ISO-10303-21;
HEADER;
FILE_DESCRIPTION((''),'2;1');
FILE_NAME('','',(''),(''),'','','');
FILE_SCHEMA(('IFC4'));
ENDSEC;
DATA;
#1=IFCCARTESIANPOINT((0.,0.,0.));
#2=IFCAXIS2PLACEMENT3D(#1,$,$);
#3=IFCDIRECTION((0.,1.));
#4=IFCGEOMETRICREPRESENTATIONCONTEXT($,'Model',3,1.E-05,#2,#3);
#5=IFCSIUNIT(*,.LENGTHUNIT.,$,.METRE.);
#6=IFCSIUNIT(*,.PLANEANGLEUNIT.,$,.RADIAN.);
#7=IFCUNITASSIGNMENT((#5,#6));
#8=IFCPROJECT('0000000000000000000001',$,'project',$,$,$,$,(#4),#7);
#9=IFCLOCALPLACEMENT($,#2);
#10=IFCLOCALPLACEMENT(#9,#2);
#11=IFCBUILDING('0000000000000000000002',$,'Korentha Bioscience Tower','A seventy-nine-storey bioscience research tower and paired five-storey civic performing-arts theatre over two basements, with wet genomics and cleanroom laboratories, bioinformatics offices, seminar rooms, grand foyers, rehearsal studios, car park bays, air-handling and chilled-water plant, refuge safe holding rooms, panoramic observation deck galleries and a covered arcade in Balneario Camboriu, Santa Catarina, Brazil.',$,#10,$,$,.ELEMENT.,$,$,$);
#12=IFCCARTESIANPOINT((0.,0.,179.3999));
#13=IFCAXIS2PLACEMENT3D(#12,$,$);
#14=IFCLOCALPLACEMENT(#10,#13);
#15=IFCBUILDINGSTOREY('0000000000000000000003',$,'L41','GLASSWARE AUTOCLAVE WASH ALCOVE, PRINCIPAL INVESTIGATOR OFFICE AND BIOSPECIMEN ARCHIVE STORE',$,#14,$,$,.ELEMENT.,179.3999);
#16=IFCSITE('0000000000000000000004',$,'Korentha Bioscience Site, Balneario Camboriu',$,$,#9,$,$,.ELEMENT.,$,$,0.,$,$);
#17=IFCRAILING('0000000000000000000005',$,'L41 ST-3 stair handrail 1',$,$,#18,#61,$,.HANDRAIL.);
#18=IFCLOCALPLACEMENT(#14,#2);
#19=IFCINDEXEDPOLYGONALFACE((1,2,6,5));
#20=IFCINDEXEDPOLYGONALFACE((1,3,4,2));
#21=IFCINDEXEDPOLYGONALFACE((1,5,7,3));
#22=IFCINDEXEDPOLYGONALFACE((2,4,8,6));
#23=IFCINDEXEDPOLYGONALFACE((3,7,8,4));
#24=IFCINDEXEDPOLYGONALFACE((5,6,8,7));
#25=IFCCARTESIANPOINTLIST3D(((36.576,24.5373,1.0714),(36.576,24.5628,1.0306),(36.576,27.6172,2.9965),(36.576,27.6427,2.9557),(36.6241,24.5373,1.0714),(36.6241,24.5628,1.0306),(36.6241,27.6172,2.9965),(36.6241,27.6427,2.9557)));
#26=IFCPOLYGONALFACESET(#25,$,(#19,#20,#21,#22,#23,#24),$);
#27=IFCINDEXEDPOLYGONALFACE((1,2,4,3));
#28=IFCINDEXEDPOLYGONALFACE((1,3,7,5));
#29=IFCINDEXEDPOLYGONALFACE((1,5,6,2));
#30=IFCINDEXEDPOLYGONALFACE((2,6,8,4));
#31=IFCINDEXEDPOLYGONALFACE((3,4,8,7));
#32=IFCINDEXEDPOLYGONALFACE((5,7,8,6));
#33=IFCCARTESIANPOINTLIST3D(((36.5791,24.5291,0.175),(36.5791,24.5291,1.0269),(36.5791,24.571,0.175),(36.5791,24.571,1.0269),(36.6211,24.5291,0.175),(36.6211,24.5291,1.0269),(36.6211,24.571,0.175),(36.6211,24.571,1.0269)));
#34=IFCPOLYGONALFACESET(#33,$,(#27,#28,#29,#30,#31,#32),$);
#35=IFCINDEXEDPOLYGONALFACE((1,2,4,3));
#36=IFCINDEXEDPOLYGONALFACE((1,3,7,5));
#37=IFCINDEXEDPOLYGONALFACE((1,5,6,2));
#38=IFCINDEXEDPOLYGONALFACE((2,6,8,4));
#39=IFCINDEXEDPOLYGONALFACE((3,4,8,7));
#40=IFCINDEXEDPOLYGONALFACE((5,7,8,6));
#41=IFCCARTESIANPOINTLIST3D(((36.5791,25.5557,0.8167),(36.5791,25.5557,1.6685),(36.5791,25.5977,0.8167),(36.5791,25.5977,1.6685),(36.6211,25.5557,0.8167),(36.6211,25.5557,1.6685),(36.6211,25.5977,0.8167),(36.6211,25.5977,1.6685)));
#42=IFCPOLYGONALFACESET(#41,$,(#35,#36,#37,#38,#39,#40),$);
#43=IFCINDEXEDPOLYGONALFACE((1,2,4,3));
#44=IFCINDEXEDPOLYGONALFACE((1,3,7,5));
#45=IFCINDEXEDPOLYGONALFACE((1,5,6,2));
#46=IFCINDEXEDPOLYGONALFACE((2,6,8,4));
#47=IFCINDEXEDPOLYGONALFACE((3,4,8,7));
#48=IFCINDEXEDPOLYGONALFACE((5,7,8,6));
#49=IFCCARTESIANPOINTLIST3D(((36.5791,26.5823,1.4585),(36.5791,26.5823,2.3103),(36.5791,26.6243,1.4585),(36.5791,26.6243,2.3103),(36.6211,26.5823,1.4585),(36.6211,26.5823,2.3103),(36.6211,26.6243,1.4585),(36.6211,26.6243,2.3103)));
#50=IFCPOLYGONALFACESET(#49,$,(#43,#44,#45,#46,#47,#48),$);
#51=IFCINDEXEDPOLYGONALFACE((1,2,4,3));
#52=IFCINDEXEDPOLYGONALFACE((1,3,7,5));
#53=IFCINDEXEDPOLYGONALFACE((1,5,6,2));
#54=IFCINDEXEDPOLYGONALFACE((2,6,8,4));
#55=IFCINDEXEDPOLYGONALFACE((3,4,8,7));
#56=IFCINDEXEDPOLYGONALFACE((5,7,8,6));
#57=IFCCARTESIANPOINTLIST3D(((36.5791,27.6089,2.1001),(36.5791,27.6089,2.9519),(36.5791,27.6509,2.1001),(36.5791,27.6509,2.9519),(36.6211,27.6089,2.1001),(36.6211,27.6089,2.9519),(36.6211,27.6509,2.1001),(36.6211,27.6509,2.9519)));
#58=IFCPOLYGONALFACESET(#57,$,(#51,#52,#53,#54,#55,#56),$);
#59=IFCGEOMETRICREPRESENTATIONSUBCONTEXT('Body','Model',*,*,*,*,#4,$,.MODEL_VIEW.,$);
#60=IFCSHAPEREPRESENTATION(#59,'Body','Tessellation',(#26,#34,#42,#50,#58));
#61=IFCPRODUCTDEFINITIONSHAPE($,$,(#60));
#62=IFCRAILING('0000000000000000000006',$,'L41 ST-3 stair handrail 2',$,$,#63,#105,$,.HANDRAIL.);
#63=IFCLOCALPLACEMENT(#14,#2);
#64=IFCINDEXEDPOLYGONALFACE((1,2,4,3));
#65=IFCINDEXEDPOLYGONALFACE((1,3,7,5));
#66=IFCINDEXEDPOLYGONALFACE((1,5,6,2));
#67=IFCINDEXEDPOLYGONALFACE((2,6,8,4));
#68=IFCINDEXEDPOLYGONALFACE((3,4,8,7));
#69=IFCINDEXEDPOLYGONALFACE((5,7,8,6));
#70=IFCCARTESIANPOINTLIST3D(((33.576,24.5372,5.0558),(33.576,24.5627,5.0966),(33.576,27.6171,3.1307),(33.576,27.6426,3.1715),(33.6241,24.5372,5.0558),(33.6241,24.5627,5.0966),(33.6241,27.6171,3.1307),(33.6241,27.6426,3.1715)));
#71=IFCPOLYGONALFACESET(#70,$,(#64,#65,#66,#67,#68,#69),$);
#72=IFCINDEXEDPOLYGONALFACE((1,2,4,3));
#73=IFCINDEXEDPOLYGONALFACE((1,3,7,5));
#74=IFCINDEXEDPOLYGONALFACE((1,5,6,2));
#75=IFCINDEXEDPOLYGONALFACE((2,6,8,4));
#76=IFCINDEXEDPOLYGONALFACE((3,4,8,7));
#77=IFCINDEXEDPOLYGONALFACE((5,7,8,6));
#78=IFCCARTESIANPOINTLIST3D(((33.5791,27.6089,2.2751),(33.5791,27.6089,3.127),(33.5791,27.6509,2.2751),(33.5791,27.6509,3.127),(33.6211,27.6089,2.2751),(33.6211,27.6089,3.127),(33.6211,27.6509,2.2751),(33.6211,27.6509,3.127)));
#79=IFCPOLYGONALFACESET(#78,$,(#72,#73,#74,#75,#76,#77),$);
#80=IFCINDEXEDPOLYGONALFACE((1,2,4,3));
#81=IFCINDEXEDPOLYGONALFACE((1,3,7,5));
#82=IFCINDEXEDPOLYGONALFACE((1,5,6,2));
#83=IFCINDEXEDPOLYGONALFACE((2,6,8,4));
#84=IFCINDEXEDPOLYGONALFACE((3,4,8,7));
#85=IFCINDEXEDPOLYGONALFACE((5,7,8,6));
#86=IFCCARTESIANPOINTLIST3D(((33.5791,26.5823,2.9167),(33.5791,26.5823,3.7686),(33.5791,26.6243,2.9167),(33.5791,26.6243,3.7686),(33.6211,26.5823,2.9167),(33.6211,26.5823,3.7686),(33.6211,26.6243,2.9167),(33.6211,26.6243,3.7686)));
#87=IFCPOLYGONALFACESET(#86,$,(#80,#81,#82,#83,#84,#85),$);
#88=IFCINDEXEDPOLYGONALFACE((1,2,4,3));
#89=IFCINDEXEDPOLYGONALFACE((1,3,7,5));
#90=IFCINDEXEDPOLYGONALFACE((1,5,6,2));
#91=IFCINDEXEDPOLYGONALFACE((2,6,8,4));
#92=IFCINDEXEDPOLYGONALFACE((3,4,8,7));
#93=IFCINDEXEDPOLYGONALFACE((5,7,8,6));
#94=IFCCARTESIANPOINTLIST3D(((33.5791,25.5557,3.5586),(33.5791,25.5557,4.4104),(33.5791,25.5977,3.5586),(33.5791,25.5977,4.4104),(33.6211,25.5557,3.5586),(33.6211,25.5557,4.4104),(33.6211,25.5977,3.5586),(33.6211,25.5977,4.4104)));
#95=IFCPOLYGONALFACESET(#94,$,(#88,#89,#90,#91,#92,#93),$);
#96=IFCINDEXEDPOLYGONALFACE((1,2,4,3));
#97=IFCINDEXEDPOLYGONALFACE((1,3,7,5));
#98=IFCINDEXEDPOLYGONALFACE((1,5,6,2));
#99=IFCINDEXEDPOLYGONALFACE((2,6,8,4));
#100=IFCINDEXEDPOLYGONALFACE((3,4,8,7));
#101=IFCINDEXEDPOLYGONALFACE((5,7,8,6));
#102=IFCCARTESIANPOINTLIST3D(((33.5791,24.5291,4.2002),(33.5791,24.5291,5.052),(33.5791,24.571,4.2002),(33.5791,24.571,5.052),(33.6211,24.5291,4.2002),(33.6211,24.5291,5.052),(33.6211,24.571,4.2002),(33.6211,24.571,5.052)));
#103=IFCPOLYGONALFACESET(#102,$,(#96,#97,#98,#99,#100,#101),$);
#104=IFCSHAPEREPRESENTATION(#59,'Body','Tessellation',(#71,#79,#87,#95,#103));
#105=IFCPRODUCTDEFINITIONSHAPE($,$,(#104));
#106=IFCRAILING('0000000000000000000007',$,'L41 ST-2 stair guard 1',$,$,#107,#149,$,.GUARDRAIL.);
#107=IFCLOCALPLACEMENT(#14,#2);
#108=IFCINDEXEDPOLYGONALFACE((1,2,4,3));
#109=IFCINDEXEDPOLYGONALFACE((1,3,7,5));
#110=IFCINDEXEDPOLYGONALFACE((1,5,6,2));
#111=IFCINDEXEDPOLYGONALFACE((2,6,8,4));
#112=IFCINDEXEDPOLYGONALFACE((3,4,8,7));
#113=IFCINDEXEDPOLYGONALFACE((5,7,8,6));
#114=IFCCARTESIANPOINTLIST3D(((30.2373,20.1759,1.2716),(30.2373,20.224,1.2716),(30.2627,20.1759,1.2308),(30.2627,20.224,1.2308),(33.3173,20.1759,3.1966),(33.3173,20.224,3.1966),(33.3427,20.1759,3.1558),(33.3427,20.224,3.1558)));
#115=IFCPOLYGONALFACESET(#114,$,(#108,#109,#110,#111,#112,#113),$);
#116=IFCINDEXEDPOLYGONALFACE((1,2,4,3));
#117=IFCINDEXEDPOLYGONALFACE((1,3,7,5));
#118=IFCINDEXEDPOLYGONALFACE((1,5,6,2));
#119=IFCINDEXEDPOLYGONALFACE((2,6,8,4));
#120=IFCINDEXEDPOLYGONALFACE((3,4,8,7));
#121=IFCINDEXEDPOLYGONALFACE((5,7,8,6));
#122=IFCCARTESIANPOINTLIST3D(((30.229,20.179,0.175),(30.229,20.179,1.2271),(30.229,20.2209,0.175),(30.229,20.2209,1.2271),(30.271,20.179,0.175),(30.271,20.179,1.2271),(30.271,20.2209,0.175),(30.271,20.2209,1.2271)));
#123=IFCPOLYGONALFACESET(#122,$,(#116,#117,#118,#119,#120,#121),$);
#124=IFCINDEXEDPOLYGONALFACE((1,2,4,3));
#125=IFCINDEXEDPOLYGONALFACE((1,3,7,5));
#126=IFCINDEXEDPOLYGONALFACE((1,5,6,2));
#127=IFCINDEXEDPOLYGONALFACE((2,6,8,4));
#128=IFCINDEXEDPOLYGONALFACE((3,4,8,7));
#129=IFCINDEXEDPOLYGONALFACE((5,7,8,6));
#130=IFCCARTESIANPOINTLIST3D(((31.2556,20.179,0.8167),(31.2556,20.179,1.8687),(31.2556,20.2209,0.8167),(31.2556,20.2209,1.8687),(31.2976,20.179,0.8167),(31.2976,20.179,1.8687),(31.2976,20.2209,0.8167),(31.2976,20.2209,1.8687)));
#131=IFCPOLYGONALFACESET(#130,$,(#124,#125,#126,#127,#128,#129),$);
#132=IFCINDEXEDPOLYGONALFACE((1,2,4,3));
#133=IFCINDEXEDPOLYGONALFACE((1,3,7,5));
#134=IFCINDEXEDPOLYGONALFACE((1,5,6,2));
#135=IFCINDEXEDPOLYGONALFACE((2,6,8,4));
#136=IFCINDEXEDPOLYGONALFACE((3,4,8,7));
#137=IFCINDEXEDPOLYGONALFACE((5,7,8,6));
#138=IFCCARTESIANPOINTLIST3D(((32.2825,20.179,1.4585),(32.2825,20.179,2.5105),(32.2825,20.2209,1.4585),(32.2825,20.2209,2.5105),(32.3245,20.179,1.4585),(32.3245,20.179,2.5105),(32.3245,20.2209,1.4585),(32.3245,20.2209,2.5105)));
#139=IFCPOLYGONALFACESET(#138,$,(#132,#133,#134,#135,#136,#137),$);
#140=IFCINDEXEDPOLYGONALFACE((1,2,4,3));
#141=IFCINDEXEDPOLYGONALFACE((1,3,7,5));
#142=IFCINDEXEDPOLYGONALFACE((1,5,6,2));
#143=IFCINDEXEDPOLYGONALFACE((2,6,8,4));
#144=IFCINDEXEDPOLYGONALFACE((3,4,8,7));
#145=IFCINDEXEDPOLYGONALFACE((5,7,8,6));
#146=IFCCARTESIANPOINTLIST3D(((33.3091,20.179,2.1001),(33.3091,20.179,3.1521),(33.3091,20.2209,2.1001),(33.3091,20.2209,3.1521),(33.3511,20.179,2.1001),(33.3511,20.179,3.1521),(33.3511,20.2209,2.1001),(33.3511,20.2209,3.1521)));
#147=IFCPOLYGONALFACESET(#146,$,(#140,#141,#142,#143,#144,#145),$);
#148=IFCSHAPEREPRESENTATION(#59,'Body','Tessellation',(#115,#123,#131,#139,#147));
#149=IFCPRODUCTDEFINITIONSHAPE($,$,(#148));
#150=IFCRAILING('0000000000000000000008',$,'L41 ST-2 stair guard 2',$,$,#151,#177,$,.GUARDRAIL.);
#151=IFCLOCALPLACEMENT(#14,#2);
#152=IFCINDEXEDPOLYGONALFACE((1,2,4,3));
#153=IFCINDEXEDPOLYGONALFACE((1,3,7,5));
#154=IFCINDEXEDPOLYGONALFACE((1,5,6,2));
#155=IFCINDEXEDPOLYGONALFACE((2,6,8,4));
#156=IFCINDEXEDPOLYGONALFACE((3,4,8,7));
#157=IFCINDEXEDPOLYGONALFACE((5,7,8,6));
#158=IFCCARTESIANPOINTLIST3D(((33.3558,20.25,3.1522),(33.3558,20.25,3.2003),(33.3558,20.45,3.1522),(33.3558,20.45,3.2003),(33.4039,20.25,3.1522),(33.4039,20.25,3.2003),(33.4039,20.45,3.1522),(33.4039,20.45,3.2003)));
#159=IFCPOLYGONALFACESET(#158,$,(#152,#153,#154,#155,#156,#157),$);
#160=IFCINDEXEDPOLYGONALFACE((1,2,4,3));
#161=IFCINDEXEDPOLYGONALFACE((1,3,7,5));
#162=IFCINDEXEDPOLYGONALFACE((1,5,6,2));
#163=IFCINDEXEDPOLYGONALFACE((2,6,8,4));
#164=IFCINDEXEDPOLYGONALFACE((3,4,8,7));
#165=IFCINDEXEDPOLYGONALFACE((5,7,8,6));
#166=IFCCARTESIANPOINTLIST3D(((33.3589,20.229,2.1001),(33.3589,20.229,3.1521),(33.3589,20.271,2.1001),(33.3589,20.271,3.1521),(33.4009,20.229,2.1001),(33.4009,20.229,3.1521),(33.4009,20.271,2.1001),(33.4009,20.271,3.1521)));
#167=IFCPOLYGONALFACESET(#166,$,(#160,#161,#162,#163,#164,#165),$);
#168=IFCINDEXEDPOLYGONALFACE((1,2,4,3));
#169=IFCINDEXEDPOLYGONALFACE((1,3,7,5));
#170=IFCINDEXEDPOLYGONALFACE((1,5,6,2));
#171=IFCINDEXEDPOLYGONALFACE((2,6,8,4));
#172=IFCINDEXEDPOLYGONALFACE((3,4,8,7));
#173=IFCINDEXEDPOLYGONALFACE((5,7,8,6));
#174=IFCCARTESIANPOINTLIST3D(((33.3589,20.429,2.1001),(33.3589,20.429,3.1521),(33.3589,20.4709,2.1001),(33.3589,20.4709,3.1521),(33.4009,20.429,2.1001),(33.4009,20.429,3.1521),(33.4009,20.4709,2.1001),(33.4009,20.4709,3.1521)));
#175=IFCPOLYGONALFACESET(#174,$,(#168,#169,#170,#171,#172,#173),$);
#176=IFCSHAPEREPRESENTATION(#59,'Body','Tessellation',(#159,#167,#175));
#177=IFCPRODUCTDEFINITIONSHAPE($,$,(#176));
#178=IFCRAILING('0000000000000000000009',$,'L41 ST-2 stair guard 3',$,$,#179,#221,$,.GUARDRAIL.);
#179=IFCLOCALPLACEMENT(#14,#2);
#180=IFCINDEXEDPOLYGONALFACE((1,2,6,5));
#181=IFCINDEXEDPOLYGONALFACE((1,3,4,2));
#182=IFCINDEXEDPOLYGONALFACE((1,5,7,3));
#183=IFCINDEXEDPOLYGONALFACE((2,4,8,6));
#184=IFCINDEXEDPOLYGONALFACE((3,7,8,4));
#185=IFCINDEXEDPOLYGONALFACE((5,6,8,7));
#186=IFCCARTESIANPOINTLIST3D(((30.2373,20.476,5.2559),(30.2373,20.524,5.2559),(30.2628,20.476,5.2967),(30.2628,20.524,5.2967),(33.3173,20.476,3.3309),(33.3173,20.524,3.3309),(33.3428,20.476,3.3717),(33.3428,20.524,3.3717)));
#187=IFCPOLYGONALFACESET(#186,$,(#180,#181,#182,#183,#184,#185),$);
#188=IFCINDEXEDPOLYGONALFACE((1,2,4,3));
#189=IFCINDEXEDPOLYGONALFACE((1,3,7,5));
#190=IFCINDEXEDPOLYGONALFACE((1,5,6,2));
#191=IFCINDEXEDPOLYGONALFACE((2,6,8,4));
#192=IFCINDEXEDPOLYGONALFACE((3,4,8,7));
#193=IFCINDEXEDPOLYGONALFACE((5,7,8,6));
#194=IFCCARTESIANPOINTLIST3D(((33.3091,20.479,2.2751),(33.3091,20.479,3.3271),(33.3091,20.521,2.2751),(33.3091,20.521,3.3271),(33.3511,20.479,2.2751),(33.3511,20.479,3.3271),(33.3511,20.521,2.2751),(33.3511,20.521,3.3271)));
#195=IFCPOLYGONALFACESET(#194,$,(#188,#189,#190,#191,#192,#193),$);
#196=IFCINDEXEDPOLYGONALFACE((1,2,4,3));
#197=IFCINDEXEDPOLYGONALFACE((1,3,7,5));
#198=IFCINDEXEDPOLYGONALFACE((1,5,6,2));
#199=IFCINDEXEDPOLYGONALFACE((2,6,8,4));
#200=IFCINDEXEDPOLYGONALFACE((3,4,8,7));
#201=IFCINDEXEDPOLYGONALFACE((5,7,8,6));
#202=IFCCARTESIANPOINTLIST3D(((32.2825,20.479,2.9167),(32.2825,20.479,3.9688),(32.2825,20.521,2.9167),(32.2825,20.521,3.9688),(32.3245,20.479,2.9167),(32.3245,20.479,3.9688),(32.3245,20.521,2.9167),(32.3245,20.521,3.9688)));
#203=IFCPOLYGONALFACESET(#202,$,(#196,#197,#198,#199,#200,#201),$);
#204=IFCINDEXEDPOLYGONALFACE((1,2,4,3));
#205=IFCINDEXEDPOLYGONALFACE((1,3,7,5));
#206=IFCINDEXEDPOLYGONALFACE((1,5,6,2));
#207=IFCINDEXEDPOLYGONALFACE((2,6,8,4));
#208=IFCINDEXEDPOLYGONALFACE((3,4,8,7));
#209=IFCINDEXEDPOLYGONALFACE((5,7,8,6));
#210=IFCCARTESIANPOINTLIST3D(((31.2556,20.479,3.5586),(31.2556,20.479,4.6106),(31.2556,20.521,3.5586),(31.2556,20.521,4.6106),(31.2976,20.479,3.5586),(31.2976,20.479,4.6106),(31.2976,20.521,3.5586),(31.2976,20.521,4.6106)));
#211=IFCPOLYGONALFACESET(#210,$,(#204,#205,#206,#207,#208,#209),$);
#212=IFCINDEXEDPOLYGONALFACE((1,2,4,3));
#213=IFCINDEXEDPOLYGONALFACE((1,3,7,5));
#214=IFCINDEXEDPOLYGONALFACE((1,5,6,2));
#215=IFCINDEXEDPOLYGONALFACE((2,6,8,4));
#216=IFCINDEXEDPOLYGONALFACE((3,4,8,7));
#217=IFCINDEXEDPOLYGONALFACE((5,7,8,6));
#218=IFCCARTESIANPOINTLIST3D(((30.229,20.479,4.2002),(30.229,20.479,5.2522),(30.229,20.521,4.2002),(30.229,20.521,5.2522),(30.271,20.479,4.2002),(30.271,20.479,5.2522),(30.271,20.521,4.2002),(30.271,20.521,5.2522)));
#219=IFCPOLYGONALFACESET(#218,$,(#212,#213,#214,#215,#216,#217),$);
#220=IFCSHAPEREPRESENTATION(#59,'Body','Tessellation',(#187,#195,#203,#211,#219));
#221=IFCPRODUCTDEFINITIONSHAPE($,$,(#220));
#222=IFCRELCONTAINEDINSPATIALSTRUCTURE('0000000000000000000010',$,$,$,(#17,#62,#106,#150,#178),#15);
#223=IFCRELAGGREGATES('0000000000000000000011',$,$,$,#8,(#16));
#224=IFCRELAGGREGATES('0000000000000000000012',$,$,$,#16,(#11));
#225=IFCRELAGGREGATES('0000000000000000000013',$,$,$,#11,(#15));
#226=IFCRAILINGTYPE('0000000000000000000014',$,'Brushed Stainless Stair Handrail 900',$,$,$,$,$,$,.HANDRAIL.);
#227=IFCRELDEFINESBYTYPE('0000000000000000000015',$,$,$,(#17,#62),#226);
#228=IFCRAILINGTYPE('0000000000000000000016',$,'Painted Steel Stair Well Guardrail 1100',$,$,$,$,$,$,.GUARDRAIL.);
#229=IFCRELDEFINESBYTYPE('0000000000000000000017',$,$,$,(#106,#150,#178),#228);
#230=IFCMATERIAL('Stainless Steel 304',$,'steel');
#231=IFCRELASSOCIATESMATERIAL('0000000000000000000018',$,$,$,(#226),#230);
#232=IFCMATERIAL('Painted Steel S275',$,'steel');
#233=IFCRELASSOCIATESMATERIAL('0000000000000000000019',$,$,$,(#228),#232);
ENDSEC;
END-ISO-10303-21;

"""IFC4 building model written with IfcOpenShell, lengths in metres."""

from ifc_helpers import new_model, si_unit, direction, frame, origin, origin_2d, place, context, subcontext, project, spatial, rectangle, extrude, material, type_object, element, save


model = new_model("IFC4")

# Units and contexts
model_context = context("Model", 3, precision=1e-05, world=origin(), true_north=direction((0.0, 1.0)))
body_context = subcontext(model_context, "Body", "Model", "MODEL_VIEW")
ifc_project = project(units=[si_unit("LENGTHUNIT", "METRE"), si_unit("PLANEANGLEUNIT", "RADIAN")], contexts=[model_context])

# Site, building, storey
site_placement = place(None, origin())
site = spatial("IfcSite", under=ifc_project, at=site_placement, Name="Korentha Bioscience Site, Balneario Camboriu", CompositionType="ELEMENT", RefElevation=0.0)
building_placement = place(site_placement, origin())
building = spatial("IfcBuilding", under=site, at=building_placement, Name="Korentha Bioscience Tower", Description="A seventy-nine-storey bioscience research tower and paired five-storey civic performing-arts theatre over two basements, with wet genomics and cleanroom laboratories, bioinformatics offices, seminar rooms, grand foyers, rehearsal studios, car park bays, air-handling and chilled-water plant, refuge safe holding rooms, panoramic observation deck galleries and a covered arcade in Balneario Camboriu, Santa Catarina, Brazil.", CompositionType="ELEMENT")
storey_placement = place(building_placement, frame((0.0, 0.0, 179.3999)))
storey = spatial("IfcBuildingStorey", under=building, at=storey_placement, Name="L41", Description="GLASSWARE AUTOCLAVE WASH ALCOVE, PRINCIPAL INVESTIGATOR OFFICE AND BIOSPECIMEN ARCHIVE STORE", CompositionType="ELEMENT", Elevation=179.3999)

# Railings
ifc_material_1 = material(Name="Stainless Steel 304", Category="steel")
railing_type_1 = type_object("IfcRailingType", Name="Brushed Stainless Stair Handrail 900", PredefinedType="HANDRAIL", material=ifc_material_1)
railing_1_placement = place(storey_placement, frame((36.6001, 24.55, 0.175)))
element("IfcRailing", 1, at=railing_1_placement, inside=storey, type_object=railing_type_1, Name="L41 ST-3 stair handrail 1", PredefinedType="HANDRAIL", context=body_context, shape_type="SweptSolid", body=[
    extrude(rectangle(XDim=0.0481, YDim=0.0481, at=origin_2d()), frame((0.0, 0.0, 0.876), z_axis=(0.0, 0.847979, 0.530029), x_axis=(-1.0, 0.0, 0.0)), (0.0, 0.0, 1.0), 3.6321),
    extrude(rectangle(XDim=0.042, YDim=0.042, at=origin_2d()), origin(), (0.0, 0.0, 1.0), 0.8518),
    extrude(rectangle(XDim=0.042, YDim=0.042, at=origin_2d()), frame((0.0, 1.0266, 0.6416)), (0.0, 0.0, 1.0), 0.8518),
    extrude(rectangle(XDim=0.042, YDim=0.042, at=origin_2d()), frame((0.0, 2.0532, 1.2834)), (0.0, 0.0, 1.0), 0.8518),
    extrude(rectangle(XDim=0.042, YDim=0.042, at=origin_2d()), frame((0.0, 3.0798, 1.925)), (0.0, 0.0, 1.0), 0.8518),
])
railing_2_placement = place(storey_placement, frame((33.6001, 27.6299, 2.2751)))
element("IfcRailing", 2, at=railing_2_placement, inside=storey, type_object=railing_type_1, Name="L41 ST-3 stair handrail 2", PredefinedType="HANDRAIL", context=body_context, shape_type="SweptSolid", body=[
    extrude(rectangle(XDim=0.0481, YDim=0.0481, at=origin_2d()), frame((0.0, 0.0, 0.876), z_axis=(0.0, -0.847979, 0.530029), x_axis=(1.0, 0.0, 0.0)), (0.0, 0.0, 1.0), 3.6321),
    extrude(rectangle(XDim=0.042, YDim=0.042, at=origin_2d()), origin(), (0.0, 0.0, 1.0), 0.8518),
    extrude(rectangle(XDim=0.042, YDim=0.042, at=origin_2d()), frame((0.0, -1.0266, 0.6416)), (0.0, 0.0, 1.0), 0.8518),
    extrude(rectangle(XDim=0.042, YDim=0.042, at=origin_2d()), frame((0.0, -2.0532, 1.2834)), (0.0, 0.0, 1.0), 0.8518),
    extrude(rectangle(XDim=0.042, YDim=0.042, at=origin_2d()), frame((0.0, -3.0798, 1.925)), (0.0, 0.0, 1.0), 0.8518),
])
ifc_material_2 = material(Name="Painted Steel S275", Category="steel")
railing_type_2 = type_object("IfcRailingType", Name="Painted Steel Stair Well Guardrail 1100", PredefinedType="GUARDRAIL", material=ifc_material_2)
railing_3_placement = place(storey_placement, frame((30.25, 20.2, 0.175)))
element("IfcRailing", 3, at=railing_3_placement, inside=storey, type_object=railing_type_2, Name="L41 ST-2 stair guard 1", PredefinedType="GUARDRAIL", context=body_context, shape_type="SweptSolid", body=[
    extrude(rectangle(XDim=0.0481, YDim=0.0481, at=origin_2d()), frame((0.0, 0.0, 1.0762), z_axis=(0.847998, 0.0, 0.529999), x_axis=(0.0, 1.0, 0.0)), (0.0, 0.0, 1.0), 3.6321),
    extrude(rectangle(XDim=0.042, YDim=0.042, at=origin_2d()), origin(), (0.0, 0.0, 1.0), 1.052),
    extrude(rectangle(XDim=0.042, YDim=0.042, at=origin_2d()), frame((1.0266, 0.0, 0.6416)), (0.0, 0.0, 1.0), 1.052),
    extrude(rectangle(XDim=0.042, YDim=0.042, at=origin_2d()), frame((2.0535, 0.0, 1.2834)), (0.0, 0.0, 1.0), 1.052),
    extrude(rectangle(XDim=0.042, YDim=0.042, at=origin_2d()), frame((3.0801, 0.0, 1.925)), (0.0, 0.0, 1.0), 1.052),
])
railing_4_placement = place(storey_placement, frame((33.3799, 20.25, 2.1001)))
element("IfcRailing", 4, at=railing_4_placement, inside=storey, type_object=railing_type_2, Name="L41 ST-2 stair guard 2", PredefinedType="GUARDRAIL", context=body_context, shape_type="SweptSolid", body=[
    extrude(rectangle(XDim=0.0481, YDim=0.0481, at=origin_2d()), frame((0.0, 0.0, 1.0762), z_axis=(0.0, 1.0, 0.0), x_axis=(-1.0, 0.0, 0.0)), (0.0, 0.0, 1.0), 0.2),
    extrude(rectangle(XDim=0.042, YDim=0.042, at=origin_2d()), origin(), (0.0, 0.0, 1.0), 1.052),
    extrude(rectangle(XDim=0.042, YDim=0.042, at=origin_2d()), frame((0.0, 0.2, 0.0)), (0.0, 0.0, 1.0), 1.052),
])
railing_5_placement = place(storey_placement, frame((33.3301, 20.5, 2.2751)))
element("IfcRailing", 5, at=railing_5_placement, inside=storey, type_object=railing_type_2, Name="L41 ST-2 stair guard 3", PredefinedType="GUARDRAIL", context=body_context, shape_type="SweptSolid", body=[
    extrude(rectangle(XDim=0.0481, YDim=0.0481, at=origin_2d()), frame((0.0, 0.0, 1.0762), z_axis=(-0.847998, 0.0, 0.529999), x_axis=(0.0, -1.0, 0.0)), (0.0, 0.0, 1.0), 3.6321),
    extrude(rectangle(XDim=0.042, YDim=0.042, at=origin_2d()), origin(), (0.0, 0.0, 1.0), 1.052),
    extrude(rectangle(XDim=0.042, YDim=0.042, at=origin_2d()), frame((-1.0266, 0.0, 0.6416)), (0.0, 0.0, 1.0), 1.052),
    extrude(rectangle(XDim=0.042, YDim=0.042, at=origin_2d()), frame((-2.0535, 0.0, 1.2834)), (0.0, 0.0, 1.0), 1.052),
    extrude(rectangle(XDim=0.042, YDim=0.042, at=origin_2d()), frame((-3.0801, 0.0, 1.925)), (0.0, 0.0, 1.0), 1.052),
])

save(model, "model.ifc")
